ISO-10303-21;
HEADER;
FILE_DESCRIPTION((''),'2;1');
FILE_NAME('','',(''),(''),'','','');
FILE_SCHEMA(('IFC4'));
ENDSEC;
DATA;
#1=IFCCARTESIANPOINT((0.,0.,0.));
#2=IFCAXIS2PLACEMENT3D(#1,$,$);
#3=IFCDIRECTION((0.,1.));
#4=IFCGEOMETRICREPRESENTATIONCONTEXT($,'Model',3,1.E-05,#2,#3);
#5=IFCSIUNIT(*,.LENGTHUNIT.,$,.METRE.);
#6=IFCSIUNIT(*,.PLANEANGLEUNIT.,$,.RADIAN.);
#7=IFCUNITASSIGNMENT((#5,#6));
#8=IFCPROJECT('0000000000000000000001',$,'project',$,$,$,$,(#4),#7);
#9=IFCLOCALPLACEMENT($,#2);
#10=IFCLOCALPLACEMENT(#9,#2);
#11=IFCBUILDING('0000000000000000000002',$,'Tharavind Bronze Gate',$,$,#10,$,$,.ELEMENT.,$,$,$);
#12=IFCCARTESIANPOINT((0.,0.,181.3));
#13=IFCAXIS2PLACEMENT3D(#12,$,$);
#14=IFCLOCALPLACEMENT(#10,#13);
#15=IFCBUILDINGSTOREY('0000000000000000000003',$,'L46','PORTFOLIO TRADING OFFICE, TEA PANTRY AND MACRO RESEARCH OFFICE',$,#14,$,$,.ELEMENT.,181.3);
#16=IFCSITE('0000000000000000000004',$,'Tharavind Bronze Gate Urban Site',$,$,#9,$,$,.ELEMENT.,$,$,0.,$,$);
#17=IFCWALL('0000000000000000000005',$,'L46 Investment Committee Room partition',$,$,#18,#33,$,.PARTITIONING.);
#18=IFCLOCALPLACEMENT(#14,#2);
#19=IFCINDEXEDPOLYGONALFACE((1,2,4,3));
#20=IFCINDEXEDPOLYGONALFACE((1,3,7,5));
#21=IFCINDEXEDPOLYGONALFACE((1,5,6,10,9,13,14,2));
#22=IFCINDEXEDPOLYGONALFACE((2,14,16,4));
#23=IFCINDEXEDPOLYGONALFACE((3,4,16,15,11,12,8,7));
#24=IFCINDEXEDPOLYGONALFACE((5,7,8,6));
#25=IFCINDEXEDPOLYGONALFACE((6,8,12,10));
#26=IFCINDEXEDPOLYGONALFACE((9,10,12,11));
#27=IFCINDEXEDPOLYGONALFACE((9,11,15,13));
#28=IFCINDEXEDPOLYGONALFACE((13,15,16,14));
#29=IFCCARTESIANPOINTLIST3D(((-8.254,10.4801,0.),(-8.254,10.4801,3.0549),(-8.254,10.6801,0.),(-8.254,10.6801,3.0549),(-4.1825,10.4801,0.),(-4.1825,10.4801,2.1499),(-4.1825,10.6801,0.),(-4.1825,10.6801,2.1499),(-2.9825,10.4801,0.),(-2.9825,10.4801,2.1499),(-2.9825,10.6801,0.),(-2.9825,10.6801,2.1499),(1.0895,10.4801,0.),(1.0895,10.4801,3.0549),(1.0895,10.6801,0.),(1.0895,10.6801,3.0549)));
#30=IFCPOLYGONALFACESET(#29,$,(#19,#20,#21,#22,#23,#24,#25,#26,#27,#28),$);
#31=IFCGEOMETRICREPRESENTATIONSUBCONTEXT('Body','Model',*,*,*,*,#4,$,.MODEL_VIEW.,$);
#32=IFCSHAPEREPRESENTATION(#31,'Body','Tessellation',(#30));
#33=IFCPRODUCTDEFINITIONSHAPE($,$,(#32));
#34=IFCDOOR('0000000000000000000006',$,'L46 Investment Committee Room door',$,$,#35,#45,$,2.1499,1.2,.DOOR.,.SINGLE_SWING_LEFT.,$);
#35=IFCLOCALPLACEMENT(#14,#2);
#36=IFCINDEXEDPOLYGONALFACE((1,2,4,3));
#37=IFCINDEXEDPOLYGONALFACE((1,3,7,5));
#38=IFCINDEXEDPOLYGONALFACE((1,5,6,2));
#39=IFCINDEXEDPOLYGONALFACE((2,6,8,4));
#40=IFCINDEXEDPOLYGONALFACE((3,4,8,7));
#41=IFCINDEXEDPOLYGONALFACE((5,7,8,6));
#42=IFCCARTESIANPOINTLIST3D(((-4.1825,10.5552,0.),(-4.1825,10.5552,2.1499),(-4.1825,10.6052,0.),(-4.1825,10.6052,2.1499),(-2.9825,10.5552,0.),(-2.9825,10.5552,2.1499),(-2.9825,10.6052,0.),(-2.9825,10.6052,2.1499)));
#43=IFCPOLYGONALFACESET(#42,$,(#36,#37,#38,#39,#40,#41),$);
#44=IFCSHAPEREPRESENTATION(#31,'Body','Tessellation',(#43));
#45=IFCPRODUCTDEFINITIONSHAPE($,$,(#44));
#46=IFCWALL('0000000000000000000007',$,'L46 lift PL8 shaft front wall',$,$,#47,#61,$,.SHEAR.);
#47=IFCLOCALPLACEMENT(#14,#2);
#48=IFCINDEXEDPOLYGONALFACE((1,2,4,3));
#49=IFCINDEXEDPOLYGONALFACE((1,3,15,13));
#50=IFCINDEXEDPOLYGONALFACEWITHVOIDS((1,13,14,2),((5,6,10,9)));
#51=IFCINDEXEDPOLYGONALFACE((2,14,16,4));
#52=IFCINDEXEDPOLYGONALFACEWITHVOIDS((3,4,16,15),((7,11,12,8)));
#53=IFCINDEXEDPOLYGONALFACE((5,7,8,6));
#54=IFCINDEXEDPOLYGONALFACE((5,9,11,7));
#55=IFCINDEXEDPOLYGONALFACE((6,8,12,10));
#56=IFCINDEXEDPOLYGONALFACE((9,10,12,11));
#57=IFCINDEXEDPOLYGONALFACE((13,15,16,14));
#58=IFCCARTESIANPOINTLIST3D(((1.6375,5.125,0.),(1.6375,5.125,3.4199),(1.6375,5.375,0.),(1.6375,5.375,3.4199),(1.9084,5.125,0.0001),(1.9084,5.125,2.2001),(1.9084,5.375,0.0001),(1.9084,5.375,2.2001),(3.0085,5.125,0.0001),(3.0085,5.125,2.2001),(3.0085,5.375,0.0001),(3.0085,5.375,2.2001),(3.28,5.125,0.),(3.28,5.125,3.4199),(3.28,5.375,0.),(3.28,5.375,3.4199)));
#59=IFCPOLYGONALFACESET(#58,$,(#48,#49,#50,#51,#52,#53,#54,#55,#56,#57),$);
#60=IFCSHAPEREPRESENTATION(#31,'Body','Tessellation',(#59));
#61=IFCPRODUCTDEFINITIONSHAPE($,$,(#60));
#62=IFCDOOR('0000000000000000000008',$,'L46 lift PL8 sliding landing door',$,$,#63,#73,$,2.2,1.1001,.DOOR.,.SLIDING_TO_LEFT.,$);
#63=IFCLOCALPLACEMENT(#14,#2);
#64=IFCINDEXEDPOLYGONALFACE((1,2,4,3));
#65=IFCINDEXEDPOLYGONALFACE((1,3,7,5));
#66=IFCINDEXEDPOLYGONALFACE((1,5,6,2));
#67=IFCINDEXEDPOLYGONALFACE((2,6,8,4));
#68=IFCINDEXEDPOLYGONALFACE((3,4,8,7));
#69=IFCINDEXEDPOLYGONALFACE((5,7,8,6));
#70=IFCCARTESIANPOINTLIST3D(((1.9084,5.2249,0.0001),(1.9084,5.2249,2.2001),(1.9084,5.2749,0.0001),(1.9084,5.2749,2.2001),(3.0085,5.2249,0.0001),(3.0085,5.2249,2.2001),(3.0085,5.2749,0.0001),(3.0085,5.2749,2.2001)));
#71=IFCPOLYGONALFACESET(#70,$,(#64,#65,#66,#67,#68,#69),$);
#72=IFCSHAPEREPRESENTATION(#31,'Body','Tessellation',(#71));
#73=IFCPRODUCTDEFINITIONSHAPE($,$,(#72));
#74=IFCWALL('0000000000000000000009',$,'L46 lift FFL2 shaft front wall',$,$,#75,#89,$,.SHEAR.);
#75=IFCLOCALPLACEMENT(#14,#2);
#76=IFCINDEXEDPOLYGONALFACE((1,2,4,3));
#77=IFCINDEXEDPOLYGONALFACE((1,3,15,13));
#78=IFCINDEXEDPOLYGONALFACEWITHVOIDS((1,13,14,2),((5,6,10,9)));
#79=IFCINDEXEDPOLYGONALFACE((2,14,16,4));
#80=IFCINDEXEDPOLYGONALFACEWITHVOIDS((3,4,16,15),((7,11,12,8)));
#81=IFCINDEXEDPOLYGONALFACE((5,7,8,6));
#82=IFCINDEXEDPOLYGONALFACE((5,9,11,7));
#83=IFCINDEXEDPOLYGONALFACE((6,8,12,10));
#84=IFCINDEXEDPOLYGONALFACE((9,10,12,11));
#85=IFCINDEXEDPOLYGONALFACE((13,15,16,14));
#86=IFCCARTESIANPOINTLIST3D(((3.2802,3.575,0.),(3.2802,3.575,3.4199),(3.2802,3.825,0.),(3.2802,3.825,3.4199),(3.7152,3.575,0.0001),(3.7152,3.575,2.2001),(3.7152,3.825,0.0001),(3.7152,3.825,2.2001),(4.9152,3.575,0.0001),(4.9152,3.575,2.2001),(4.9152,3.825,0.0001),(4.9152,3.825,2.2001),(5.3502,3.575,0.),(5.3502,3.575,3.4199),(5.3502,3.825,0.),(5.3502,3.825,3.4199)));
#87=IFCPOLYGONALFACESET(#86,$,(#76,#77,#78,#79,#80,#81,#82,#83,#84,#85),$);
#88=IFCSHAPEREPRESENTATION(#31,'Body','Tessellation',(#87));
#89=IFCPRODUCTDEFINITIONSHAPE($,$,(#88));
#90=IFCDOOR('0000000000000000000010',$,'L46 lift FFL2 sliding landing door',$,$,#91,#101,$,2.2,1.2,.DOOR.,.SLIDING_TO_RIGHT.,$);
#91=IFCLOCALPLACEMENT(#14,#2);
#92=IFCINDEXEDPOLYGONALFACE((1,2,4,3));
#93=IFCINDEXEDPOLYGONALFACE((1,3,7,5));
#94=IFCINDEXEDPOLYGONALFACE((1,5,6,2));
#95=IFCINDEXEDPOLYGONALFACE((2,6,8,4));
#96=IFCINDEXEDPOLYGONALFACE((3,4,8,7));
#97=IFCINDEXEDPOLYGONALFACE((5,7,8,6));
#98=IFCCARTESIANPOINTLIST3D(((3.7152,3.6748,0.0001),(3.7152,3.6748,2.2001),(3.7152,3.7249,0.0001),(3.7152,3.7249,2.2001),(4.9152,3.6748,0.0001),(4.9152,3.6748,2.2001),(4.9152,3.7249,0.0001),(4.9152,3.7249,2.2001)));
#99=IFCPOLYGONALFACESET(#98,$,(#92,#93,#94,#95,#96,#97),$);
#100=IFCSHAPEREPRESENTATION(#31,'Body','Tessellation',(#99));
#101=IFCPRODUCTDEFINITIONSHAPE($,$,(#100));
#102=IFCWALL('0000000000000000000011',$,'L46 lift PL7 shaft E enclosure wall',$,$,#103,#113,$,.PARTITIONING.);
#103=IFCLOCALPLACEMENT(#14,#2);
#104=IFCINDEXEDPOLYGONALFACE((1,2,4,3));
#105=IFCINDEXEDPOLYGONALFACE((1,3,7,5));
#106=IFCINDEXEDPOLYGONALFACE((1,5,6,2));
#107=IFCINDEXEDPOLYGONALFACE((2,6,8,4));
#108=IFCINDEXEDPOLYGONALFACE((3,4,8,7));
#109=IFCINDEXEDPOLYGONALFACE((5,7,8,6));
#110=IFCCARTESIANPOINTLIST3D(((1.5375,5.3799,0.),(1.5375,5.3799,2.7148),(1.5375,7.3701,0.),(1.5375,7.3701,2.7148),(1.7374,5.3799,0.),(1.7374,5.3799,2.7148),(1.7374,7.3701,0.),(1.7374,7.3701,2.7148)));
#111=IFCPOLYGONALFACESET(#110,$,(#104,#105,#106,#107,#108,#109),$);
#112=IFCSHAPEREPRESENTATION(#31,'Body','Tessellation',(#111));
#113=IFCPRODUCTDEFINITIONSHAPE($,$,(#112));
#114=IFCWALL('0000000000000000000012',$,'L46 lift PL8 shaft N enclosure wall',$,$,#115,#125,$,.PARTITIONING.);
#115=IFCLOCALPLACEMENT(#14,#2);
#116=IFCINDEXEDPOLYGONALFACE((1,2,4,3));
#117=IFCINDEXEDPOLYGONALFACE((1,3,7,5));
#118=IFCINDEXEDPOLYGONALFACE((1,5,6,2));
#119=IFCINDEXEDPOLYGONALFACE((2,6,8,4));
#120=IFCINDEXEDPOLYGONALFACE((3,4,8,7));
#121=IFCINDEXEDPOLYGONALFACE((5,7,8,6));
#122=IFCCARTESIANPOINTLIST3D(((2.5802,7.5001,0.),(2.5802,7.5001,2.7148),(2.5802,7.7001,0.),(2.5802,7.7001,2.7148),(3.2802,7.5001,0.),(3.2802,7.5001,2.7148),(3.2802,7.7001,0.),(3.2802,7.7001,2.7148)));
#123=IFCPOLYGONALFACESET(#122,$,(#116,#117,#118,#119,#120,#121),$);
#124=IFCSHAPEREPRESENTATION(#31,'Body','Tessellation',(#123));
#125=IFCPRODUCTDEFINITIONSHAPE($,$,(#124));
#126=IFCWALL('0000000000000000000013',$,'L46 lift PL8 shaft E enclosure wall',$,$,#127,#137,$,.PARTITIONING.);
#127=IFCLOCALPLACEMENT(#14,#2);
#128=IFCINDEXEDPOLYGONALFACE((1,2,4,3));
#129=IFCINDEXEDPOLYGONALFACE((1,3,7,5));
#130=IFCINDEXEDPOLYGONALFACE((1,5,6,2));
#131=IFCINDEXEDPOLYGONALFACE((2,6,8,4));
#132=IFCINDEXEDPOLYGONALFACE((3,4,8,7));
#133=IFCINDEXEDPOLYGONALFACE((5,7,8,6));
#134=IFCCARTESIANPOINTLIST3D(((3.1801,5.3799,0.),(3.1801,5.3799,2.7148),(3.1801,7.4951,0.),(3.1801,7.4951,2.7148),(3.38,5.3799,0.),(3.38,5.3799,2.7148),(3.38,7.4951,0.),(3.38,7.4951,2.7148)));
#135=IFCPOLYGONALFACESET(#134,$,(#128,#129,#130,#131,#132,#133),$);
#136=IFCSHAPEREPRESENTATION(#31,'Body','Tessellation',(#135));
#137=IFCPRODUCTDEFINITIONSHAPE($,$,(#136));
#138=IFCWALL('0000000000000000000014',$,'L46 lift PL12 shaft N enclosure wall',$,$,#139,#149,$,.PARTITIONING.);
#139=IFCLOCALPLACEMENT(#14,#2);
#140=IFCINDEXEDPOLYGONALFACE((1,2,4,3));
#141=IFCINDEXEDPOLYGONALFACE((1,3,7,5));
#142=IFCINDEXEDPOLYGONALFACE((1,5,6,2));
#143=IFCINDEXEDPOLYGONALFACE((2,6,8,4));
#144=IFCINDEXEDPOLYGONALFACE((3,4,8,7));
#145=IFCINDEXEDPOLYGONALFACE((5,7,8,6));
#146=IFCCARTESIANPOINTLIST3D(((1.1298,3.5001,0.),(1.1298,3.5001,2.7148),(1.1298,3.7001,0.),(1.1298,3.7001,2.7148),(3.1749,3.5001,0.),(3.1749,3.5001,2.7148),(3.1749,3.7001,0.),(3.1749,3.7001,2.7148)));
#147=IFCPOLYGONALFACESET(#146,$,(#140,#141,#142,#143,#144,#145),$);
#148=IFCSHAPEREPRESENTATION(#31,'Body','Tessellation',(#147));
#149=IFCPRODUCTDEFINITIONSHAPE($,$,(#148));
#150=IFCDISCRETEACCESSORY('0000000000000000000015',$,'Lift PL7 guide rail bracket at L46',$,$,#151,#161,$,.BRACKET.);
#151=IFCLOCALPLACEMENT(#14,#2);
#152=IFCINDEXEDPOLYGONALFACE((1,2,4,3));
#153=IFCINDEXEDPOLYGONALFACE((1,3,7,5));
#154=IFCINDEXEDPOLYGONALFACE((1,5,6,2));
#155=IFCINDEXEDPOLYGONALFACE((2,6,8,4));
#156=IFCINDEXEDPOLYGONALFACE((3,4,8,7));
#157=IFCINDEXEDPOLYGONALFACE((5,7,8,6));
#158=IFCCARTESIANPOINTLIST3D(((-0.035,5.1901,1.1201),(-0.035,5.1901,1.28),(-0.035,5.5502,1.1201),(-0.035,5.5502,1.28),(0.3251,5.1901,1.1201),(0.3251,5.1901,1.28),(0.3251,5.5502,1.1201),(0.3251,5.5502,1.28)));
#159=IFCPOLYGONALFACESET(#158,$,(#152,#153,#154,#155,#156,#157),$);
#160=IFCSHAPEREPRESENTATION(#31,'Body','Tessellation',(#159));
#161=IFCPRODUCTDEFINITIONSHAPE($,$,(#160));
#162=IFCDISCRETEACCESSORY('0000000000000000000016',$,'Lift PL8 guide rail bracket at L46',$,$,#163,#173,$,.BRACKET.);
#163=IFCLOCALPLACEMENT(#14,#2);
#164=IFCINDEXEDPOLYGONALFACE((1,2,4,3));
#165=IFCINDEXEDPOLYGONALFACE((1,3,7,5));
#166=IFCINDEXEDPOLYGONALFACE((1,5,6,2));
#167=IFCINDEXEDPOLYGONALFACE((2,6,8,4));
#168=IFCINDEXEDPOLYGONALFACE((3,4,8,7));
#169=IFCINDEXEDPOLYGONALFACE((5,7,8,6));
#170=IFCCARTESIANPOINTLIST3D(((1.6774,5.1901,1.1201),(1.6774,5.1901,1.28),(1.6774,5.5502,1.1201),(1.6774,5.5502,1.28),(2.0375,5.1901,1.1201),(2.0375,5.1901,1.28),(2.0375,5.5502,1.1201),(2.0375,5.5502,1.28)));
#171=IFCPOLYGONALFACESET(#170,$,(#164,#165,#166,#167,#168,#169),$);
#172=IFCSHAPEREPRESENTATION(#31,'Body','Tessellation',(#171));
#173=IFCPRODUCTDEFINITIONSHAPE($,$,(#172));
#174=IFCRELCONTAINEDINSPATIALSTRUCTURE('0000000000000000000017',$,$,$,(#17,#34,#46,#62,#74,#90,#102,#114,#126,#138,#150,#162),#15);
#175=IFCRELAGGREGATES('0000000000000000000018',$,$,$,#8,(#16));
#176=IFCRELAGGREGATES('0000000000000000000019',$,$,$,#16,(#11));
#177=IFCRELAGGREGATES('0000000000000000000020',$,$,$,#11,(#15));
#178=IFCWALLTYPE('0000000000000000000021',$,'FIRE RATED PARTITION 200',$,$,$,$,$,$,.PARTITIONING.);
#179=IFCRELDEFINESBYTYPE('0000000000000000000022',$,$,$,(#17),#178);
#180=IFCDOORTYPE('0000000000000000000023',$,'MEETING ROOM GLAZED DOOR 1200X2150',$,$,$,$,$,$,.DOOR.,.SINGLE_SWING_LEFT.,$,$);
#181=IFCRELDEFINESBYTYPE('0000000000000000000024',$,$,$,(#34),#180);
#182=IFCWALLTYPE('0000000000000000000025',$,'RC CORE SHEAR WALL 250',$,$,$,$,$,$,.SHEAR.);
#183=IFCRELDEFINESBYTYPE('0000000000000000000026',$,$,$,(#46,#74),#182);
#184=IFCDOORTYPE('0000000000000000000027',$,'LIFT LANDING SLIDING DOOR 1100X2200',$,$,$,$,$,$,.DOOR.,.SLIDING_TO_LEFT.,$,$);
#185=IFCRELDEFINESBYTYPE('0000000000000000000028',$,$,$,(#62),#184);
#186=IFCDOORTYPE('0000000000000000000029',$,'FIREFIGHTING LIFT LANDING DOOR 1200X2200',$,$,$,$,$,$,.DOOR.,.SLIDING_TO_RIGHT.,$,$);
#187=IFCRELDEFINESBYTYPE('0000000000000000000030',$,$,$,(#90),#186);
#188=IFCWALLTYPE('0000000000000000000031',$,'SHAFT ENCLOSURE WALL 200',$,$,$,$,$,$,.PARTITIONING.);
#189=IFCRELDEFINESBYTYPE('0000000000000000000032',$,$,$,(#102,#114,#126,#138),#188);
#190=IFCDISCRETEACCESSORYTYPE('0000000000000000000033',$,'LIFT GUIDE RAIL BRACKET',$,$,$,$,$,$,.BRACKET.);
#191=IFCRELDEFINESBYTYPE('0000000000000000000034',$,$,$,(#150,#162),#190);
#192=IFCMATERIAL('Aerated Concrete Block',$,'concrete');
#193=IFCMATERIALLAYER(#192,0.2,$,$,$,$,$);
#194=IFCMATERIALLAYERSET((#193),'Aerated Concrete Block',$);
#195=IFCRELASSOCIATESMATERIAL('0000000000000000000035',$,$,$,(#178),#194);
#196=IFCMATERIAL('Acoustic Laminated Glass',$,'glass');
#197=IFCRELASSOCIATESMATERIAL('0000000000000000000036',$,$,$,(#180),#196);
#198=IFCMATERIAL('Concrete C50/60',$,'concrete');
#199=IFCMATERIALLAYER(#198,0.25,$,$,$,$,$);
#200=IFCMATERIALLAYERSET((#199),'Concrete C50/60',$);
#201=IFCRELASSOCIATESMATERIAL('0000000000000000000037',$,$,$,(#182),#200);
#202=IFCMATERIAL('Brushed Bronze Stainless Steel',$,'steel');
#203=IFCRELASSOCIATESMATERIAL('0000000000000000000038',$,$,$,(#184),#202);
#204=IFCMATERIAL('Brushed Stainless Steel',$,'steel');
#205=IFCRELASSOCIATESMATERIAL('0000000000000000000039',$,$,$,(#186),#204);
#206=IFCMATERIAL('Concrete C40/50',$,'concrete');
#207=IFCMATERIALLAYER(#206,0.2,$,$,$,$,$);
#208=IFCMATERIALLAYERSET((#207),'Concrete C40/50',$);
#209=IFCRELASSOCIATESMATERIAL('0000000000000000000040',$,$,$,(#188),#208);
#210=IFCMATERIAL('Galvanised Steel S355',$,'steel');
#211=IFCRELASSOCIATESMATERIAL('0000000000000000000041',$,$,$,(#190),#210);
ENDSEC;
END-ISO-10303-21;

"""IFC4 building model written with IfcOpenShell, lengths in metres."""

from ifc_helpers import new_model, si_unit, direction, frame, frame_2d, origin, origin_2d, place, context, subcontext, project, spatial, rectangle, extrude, material, layer, layer_set, type_object, element, fill, save


model = new_model("IFC4")

# Units and contexts
model_context = context("Model", 3, precision=1e-05, world=origin(), true_north=direction((0.0, 1.0)))
body_context = subcontext(model_context, "Body", "Model", "MODEL_VIEW")
ifc_project = project(units=[si_unit("LENGTHUNIT", "METRE"), si_unit("PLANEANGLEUNIT", "RADIAN")], contexts=[model_context])

# Site, building, storey
site_placement = place(None, origin())
site = spatial("IfcSite", under=ifc_project, at=site_placement, Name="Tharavind Bronze Gate Urban Site", CompositionType="ELEMENT", RefElevation=0.0)
building_placement = place(site_placement, origin())
building = spatial("IfcBuilding", under=site, at=building_placement, Name="Tharavind Bronze Gate", CompositionType="ELEMENT")
storey_placement = place(building_placement, frame((0.0, 0.0, 181.3)))
storey = spatial("IfcBuildingStorey", under=building, at=storey_placement, Name="L46", Description="PORTFOLIO TRADING OFFICE, TEA PANTRY AND MACRO RESEARCH OFFICE", CompositionType="ELEMENT", Elevation=181.3)

# Shared definitions
ifc_material_1 = material(Name="Aerated Concrete Block", Category="concrete")
ifc_layer_1 = layer(ifc_material_1, 0.2)
ifc_layer_set_1 = layer_set([ifc_layer_1], Name="Aerated Concrete Block")
wall_type_1 = type_object("IfcWallType", Name="FIRE RATED PARTITION 200", PredefinedType="PARTITIONING", material=ifc_layer_set_1)

# Walls, openings, doors
wall_1_placement = place(storey_placement, frame((1.0896, 10.5801, 0.0), z_axis=(0.0, 0.0, 1.0), x_axis=(-1.0, 0.0, 0.0)))
wall_1 = element("IfcWall", 1, at=wall_1_placement, inside=storey, type_object=wall_type_1, Name="L46 Investment Committee Room partition", PredefinedType="PARTITIONING", context=body_context, shape_type="SweptSolid", body=[
    extrude(rectangle(XDim=9.3435, YDim=0.2, at=frame_2d((4.6719, 0.0))), origin(), (0.0, 0.0, 1.0), 3.0549),
])
opening_1_placement = place(wall_1_placement, frame((4.072, 0.0, 0.0)))
opening_1 = element("IfcOpeningElement", 2, at=opening_1_placement, cuts=wall_1, PredefinedType="OPENING", context=body_context, shape_type="SweptSolid", body=[
    extrude(rectangle(XDim=1.2, YDim=2.1499, at=frame_2d((0.6001, 1.075))), frame((0.0, 0.1101, 0.0), z_axis=(0.0, -1.0, 0.0), x_axis=(1.0, 0.0, 0.0)), (0.0, 0.0, 1.0), 0.22),
])
ifc_material_2 = material(Name="Acoustic Laminated Glass", Category="glass")
door_type_1 = type_object("IfcDoorType", Name="MEETING ROOM GLAZED DOOR 1200X2150", OperationType="SINGLE_SWING_LEFT", PredefinedType="DOOR", material=ifc_material_2)
door_1_placement = place(opening_1_placement, origin())
door_1 = element("IfcDoor", 3, at=door_1_placement, inside=storey, type_object=door_type_1, Name="L46 Investment Committee Room door", OperationType="SINGLE_SWING_LEFT", OverallHeight=2.1499, OverallWidth=1.2, PredefinedType="DOOR", context=body_context, shape_type="SweptSolid", body=[
    extrude(rectangle(XDim=1.2, YDim=2.1499, at=frame_2d((0.6001, 1.075))), frame((0.0, 0.0249, 0.0), z_axis=(0.0, -1.0, 0.0), x_axis=(1.0, 0.0, 0.0)), (0.0, 0.0, 1.0), 0.05),
])
fill(opening_1, door_1)
ifc_material_3 = material(Name="Concrete C50/60", Category="concrete")
ifc_layer_2 = layer(ifc_material_3, 0.25)
ifc_layer_set_2 = layer_set([ifc_layer_2], Name="Concrete C50/60")
wall_type_2 = type_object("IfcWallType", Name="RC CORE SHEAR WALL 250", PredefinedType="SHEAR", material=ifc_layer_set_2)
wall_2_placement = place(storey_placement, frame((1.6375, 5.25, 0.0), z_axis=(0.0, 0.0, 1.0), x_axis=(1.0, 0.0, 0.0)))
wall_2 = element("IfcWall", 4, at=wall_2_placement, inside=storey, type_object=wall_type_2, Name="L46 lift PL8 shaft front wall", PredefinedType="SHEAR", context=body_context, shape_type="SweptSolid", body=[
    extrude(rectangle(XDim=1.6426, YDim=0.25, at=frame_2d((0.8213, 0.0))), origin(), (0.0, 0.0, 1.0), 3.4199),
])
opening_2_placement = place(wall_2_placement, frame((0.271, 0.0, 0.0)))
opening_2 = element("IfcOpeningElement", 5, at=opening_2_placement, cuts=wall_2, PredefinedType="OPENING", context=body_context, shape_type="SweptSolid", body=[
    extrude(rectangle(XDim=1.1001, YDim=2.2, at=frame_2d((0.55, 1.1001))), frame((0.0, 0.135, 0.0), z_axis=(0.0, -1.0, 0.0), x_axis=(1.0, 0.0, 0.0)), (0.0, 0.0, 1.0), 0.27),
])
ifc_material_4 = material(Name="Brushed Bronze Stainless Steel", Category="steel")
door_type_2 = type_object("IfcDoorType", Name="LIFT LANDING SLIDING DOOR 1100X2200", OperationType="SLIDING_TO_LEFT", PredefinedType="DOOR", material=ifc_material_4)
door_2_placement = place(opening_2_placement, origin())
door_2 = element("IfcDoor", 6, at=door_2_placement, inside=storey, type_object=door_type_2, Name="L46 lift PL8 sliding landing door", OperationType="SLIDING_TO_LEFT", OverallHeight=2.2, OverallWidth=1.1001, PredefinedType="DOOR", context=body_context, shape_type="SweptSolid", body=[
    extrude(rectangle(XDim=1.1001, YDim=2.2, at=frame_2d((0.55, 1.1001))), frame((0.0, 0.0249, 0.0), z_axis=(0.0, -1.0, 0.0), x_axis=(1.0, 0.0, 0.0)), (0.0, 0.0, 1.0), 0.05),
])
fill(opening_2, door_2)
wall_3_placement = place(storey_placement, frame((3.28, 3.7, 0.0), z_axis=(0.0, 0.0, 1.0), x_axis=(1.0, 0.0, 0.0)))
wall_3 = element("IfcWall", 7, at=wall_3_placement, inside=storey, type_object=wall_type_2, Name="L46 lift FFL2 shaft front wall", PredefinedType="SHEAR", context=body_context, shape_type="SweptSolid", body=[
    extrude(rectangle(XDim=2.0701, YDim=0.25, at=frame_2d((1.0352, 0.0))), origin(), (0.0, 0.0, 1.0), 3.4199),
])
opening_3_placement = place(wall_3_placement, frame((0.4351, 0.0, 0.0)))
opening_3 = element("IfcOpeningElement", 8, at=opening_3_placement, cuts=wall_3, PredefinedType="OPENING", context=body_context, shape_type="SweptSolid", body=[
    extrude(rectangle(XDim=1.2, YDim=2.2, at=frame_2d((0.6001, 1.1001))), frame((0.0, 0.135, 0.0), z_axis=(0.0, -1.0, 0.0), x_axis=(1.0, 0.0, 0.0)), (0.0, 0.0, 1.0), 0.27),
])
ifc_material_5 = material(Name="Brushed Stainless Steel", Category="steel")
door_type_3 = type_object("IfcDoorType", Name="FIREFIGHTING LIFT LANDING DOOR 1200X2200", OperationType="SLIDING_TO_RIGHT", PredefinedType="DOOR", material=ifc_material_5)
door_3_placement = place(opening_3_placement, origin())
door_3 = element("IfcDoor", 9, at=door_3_placement, inside=storey, type_object=door_type_3, Name="L46 lift FFL2 sliding landing door", OperationType="SLIDING_TO_RIGHT", OverallHeight=2.2, OverallWidth=1.2, PredefinedType="DOOR", context=body_context, shape_type="SweptSolid", body=[
    extrude(rectangle(XDim=1.2, YDim=2.2, at=frame_2d((0.6001, 1.1001))), frame((0.0, 0.0249, 0.0), z_axis=(0.0, -1.0, 0.0), x_axis=(1.0, 0.0, 0.0)), (0.0, 0.0, 1.0), 0.05),
])
fill(opening_3, door_3)

# Walls
ifc_material_6 = material(Name="Concrete C40/50", Category="concrete")
ifc_layer_3 = layer(ifc_material_6, 0.2)
ifc_layer_set_3 = layer_set([ifc_layer_3], Name="Concrete C40/50")
wall_type_3 = type_object("IfcWallType", Name="SHAFT ENCLOSURE WALL 200", PredefinedType="PARTITIONING", material=ifc_layer_set_3)
wall_4_placement = place(storey_placement, frame((1.6375, 5.3799, 0.0), z_axis=(0.0, 0.0, 1.0), x_axis=(0.0, 1.0, 0.0)))
element("IfcWall", 10, at=wall_4_placement, inside=storey, type_object=wall_type_3, Name="L46 lift PL7 shaft E enclosure wall", PredefinedType="PARTITIONING", context=body_context, shape_type="SweptSolid", body=[
    extrude(rectangle(XDim=1.9902, YDim=0.2, at=frame_2d((0.9951, 0.0))), origin(), (0.0, 0.0, 1.0), 2.7148),
])
wall_5_placement = place(storey_placement, frame((2.5801, 7.6001, 0.0), z_axis=(0.0, 0.0, 1.0), x_axis=(1.0, 0.0, 0.0)))
element("IfcWall", 11, at=wall_5_placement, inside=storey, type_object=wall_type_3, Name="L46 lift PL8 shaft N enclosure wall", PredefinedType="PARTITIONING", context=body_context, shape_type="SweptSolid", body=[
    extrude(rectangle(XDim=0.7, YDim=0.2, at=frame_2d((0.3501, 0.0))), origin(), (0.0, 0.0, 1.0), 2.7148),
])
wall_6_placement = place(storey_placement, frame((3.28, 5.3799, 0.0), z_axis=(0.0, 0.0, 1.0), x_axis=(0.0, 1.0, 0.0)))
element("IfcWall", 12, at=wall_6_placement, inside=storey, type_object=wall_type_3, Name="L46 lift PL8 shaft E enclosure wall", PredefinedType="PARTITIONING", context=body_context, shape_type="SweptSolid", body=[
    extrude(rectangle(XDim=2.1152, YDim=0.2, at=frame_2d((1.0576, 0.0))), origin(), (0.0, 0.0, 1.0), 2.7148),
])
wall_7_placement = place(storey_placement, frame((1.1299, 3.6001, 0.0), z_axis=(0.0, 0.0, 1.0), x_axis=(1.0, 0.0, 0.0)))
element("IfcWall", 13, at=wall_7_placement, inside=storey, type_object=wall_type_3, Name="L46 lift PL12 shaft N enclosure wall", PredefinedType="PARTITIONING", context=body_context, shape_type="SweptSolid", body=[
    extrude(rectangle(XDim=2.0452, YDim=0.2, at=frame_2d((1.0225, 0.0))), origin(), (0.0, 0.0, 1.0), 2.7148),
])

# Discrete accessories
ifc_material_7 = material(Name="Galvanised Steel S355", Category="steel")
discrete_accessory_type = type_object("IfcDiscreteAccessoryType", Name="LIFT GUIDE RAIL BRACKET", PredefinedType="BRACKET", material=ifc_material_7)
for number, where, z_axis, x_axis, name in (
    (14, (0.145, 5.3701, 1.1201), (0.0, 0.0, 1.0), (1.0, 0.0, 0.0), "Lift PL7 guide rail bracket at L46"),
    (15, (1.8574, 5.3701, 1.1201), (0.0, 0.0, 1.0), (1.0, 0.0, 0.0), "Lift PL8 guide rail bracket at L46"),
):
    element("IfcDiscreteAccessory", number, at=place(storey_placement, frame(where, z_axis=z_axis, x_axis=x_axis)), inside=storey, type_object=discrete_accessory_type, Name=name, PredefinedType="BRACKET", context=body_context, shape_type="SweptSolid", body=[
        extrude(rectangle(XDim=0.3601, YDim=0.3601, at=origin_2d()), origin(), (0.0, 0.0, 1.0), 0.1599),
    ])

save(model, "model.ifc")
